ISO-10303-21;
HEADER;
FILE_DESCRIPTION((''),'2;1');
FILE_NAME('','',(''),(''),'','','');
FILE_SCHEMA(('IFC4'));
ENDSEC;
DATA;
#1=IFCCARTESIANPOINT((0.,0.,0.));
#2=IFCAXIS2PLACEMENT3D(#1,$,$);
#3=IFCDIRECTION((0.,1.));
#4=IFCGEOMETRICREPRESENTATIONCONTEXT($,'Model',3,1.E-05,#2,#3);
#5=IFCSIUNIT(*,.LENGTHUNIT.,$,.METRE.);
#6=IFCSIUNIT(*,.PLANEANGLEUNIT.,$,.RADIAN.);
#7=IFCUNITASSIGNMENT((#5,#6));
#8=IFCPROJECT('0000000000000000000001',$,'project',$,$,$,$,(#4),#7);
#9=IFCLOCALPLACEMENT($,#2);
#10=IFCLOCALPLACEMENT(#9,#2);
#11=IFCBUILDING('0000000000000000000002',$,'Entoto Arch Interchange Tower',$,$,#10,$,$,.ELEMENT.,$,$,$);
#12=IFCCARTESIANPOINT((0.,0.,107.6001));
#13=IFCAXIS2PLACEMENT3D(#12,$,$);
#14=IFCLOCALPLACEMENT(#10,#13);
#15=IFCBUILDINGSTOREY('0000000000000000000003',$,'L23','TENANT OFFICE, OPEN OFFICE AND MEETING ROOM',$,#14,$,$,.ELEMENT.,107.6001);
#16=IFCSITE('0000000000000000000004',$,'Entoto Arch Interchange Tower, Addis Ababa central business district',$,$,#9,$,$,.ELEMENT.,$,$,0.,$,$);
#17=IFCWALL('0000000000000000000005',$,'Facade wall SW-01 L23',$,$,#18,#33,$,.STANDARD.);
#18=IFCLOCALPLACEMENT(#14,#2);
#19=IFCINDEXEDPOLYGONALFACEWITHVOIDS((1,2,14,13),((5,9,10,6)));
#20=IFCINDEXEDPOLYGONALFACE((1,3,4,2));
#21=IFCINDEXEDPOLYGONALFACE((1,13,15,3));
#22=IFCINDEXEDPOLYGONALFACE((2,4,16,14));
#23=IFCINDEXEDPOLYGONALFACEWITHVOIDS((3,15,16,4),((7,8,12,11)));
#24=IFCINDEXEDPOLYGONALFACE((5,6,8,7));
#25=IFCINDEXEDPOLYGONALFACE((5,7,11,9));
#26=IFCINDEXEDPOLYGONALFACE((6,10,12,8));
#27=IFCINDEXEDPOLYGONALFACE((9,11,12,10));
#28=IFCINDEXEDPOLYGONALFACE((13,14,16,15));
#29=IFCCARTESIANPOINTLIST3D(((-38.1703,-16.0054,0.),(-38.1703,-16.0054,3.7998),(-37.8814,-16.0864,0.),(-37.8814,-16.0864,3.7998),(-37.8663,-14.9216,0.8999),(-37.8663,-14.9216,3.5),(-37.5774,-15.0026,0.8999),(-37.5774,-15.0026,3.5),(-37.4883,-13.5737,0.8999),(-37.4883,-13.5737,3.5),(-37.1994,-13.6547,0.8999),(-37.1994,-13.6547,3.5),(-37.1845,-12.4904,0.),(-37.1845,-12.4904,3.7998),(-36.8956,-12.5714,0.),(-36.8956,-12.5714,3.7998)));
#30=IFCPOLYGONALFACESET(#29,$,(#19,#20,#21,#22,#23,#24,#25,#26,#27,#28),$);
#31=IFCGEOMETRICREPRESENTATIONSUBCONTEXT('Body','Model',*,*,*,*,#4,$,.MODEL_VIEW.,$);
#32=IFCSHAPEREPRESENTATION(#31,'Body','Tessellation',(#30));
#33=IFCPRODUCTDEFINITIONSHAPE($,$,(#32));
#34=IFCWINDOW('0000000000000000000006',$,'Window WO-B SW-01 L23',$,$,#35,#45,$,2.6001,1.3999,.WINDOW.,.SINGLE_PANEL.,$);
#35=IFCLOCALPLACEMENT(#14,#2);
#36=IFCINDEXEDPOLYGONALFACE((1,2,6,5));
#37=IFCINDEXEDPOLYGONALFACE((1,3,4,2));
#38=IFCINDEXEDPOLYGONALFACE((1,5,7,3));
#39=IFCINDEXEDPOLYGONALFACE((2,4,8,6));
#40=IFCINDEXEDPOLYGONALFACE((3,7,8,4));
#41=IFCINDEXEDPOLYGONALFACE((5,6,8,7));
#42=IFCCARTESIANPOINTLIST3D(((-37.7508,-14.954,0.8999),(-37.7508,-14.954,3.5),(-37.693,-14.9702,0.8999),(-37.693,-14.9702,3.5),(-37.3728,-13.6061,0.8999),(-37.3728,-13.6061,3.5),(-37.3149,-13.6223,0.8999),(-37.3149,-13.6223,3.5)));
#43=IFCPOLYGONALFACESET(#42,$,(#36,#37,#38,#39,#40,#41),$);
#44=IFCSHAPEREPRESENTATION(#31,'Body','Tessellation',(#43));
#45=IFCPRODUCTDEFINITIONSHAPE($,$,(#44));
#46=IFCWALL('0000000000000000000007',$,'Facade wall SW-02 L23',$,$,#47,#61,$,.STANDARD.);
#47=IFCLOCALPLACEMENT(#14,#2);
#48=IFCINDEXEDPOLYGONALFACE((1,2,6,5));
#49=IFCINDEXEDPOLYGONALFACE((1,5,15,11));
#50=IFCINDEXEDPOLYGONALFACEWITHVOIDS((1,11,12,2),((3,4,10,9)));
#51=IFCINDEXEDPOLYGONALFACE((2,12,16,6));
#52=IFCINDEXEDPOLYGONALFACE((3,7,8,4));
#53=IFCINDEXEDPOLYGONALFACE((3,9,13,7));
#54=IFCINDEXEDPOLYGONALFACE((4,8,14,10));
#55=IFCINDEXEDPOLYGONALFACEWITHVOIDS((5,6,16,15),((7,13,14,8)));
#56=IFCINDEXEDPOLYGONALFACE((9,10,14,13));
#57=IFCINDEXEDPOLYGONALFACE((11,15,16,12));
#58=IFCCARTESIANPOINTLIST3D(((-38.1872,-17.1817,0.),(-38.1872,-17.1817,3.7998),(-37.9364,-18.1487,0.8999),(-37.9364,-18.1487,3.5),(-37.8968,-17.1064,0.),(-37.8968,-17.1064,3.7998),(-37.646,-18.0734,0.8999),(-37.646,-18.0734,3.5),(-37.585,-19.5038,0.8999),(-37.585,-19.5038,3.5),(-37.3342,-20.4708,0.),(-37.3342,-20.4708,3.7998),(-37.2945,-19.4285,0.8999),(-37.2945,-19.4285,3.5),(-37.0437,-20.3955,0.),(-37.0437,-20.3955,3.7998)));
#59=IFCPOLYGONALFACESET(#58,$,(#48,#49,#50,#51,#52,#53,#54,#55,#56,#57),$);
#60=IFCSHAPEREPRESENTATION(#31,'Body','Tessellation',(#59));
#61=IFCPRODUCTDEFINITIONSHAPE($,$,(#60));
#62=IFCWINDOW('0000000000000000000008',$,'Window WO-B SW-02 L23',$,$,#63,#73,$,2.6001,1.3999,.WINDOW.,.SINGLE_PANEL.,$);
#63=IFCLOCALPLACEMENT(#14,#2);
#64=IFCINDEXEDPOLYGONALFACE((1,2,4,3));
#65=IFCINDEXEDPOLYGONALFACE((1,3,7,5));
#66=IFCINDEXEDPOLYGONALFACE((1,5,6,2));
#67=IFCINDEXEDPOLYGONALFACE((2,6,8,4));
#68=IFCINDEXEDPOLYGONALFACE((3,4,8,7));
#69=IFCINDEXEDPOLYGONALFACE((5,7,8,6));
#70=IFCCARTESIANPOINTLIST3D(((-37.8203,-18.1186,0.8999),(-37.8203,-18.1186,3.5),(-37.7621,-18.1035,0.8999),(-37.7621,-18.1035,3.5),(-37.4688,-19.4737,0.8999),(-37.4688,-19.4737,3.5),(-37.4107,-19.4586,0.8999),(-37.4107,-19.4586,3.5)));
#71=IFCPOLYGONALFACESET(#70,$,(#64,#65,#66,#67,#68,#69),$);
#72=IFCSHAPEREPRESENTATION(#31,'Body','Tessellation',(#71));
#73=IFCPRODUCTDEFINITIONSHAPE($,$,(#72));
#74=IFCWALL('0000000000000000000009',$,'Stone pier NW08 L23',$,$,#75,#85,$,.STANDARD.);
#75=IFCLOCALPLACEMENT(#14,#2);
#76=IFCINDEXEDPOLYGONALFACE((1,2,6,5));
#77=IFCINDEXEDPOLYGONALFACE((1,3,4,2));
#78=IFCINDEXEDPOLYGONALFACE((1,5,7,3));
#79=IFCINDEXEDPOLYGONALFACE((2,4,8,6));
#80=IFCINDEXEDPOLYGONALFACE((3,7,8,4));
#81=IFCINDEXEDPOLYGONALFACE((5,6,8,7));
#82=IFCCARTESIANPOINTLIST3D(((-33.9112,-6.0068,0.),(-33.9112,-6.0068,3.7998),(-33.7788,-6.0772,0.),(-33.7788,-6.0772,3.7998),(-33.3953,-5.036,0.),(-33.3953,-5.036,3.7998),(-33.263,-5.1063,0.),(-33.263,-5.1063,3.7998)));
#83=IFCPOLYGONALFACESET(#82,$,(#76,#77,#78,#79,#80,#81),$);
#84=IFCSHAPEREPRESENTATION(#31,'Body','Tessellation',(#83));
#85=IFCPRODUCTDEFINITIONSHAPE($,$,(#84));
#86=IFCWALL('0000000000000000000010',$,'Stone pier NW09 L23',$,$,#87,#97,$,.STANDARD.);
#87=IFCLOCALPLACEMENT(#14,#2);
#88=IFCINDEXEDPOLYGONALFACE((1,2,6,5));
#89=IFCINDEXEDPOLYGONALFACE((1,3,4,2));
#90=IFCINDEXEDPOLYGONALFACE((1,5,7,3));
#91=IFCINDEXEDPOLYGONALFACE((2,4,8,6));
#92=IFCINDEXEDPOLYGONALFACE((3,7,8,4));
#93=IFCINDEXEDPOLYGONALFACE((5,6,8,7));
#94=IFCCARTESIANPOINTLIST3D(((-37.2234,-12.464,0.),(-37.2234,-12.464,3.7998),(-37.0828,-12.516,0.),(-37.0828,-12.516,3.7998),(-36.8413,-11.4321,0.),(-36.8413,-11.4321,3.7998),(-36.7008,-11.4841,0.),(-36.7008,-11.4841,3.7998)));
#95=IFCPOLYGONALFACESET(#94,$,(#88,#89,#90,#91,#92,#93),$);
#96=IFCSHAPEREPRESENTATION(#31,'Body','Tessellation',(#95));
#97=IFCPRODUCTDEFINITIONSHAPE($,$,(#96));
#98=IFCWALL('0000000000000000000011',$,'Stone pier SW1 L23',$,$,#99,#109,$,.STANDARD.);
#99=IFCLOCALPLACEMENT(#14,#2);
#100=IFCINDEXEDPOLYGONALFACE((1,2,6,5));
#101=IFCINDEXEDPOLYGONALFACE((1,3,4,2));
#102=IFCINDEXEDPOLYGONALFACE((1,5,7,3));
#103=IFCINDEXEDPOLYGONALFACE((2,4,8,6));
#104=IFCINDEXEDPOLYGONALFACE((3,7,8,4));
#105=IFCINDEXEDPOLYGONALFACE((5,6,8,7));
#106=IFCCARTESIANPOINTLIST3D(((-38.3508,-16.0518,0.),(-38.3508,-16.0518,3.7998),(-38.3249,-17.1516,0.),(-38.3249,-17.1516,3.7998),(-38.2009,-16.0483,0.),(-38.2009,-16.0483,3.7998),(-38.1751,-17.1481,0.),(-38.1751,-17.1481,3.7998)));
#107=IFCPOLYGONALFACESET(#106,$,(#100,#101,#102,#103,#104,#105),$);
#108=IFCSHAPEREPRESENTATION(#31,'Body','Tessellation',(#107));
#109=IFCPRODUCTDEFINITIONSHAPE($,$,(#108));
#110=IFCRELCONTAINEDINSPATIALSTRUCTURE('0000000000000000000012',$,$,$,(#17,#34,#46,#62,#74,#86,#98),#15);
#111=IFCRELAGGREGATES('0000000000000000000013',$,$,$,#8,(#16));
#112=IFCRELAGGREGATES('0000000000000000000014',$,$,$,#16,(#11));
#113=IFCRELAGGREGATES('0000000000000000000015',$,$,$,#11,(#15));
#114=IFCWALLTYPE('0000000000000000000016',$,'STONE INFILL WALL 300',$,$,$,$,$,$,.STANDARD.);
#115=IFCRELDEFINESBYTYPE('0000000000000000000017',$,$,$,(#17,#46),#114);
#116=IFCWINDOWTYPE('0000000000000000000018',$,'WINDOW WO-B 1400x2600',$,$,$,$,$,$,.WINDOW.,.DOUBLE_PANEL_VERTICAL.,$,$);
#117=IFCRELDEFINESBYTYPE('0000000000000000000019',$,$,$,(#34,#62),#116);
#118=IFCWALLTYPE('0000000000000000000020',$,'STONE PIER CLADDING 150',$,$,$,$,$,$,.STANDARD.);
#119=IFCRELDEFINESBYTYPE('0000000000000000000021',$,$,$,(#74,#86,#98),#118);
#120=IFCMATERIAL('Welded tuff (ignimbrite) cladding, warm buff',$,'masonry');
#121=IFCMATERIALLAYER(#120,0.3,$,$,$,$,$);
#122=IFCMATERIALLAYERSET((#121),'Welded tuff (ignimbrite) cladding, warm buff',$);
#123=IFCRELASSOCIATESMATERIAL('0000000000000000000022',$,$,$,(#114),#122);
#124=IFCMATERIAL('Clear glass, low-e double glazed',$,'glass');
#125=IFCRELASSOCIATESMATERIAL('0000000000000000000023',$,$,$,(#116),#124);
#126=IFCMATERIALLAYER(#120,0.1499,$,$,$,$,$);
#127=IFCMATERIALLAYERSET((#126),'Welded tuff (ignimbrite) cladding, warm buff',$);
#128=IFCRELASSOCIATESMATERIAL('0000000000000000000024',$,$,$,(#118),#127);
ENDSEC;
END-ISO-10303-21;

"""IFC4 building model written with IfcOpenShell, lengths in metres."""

from ifc_helpers import new_model, si_unit, direction, frame, frame_2d, origin, place, context, subcontext, project, spatial, rectangle, extrude, material, layer, layer_set, type_object, element, fill, save


model = new_model("IFC4")

# Units and contexts
model_context = context("Model", 3, precision=1e-05, world=origin(), true_north=direction((0.0, 1.0)))
body_context = subcontext(model_context, "Body", "Model", "MODEL_VIEW")
ifc_project = project(units=[si_unit("LENGTHUNIT", "METRE"), si_unit("PLANEANGLEUNIT", "RADIAN")], contexts=[model_context])

# Site, building, storey
site_placement = place(None, origin())
site = spatial("IfcSite", under=ifc_project, at=site_placement, Name="Entoto Arch Interchange Tower, Addis Ababa central business district", CompositionType="ELEMENT", RefElevation=0.0)
building_placement = place(site_placement, origin())
building = spatial("IfcBuilding", under=site, at=building_placement, Name="Entoto Arch Interchange Tower", CompositionType="ELEMENT")
storey_placement = place(building_placement, frame((0.0, 0.0, 107.6001)))
storey = spatial("IfcBuildingStorey", under=building, at=storey_placement, Name="L23", Description="TENANT OFFICE, OPEN OFFICE AND MEETING ROOM", CompositionType="ELEMENT", Elevation=107.6001)

# Shared definitions
ifc_material_1 = material(Name="Welded tuff (ignimbrite) cladding, warm buff", Category="masonry")
ifc_layer_1 = layer(ifc_material_1, 0.3)
ifc_layer_set_1 = layer_set([ifc_layer_1], Name="Welded tuff (ignimbrite) cladding, warm buff")
wall_type_1 = type_object("IfcWallType", Name="STONE INFILL WALL 300", PredefinedType="STANDARD", material=ifc_layer_set_1)
ifc_material_2 = material(Name="Clear glass, low-e double glazed", Category="glass")

# Walls, openings, windows
wall_1_placement = place(storey_placement, frame((-37.04, -12.531, 0.0), z_axis=(0.0, 0.0, 1.0), x_axis=(-0.270054, -0.962845, 0.0)))
wall_1 = element("IfcWall", 1, at=wall_1_placement, inside=storey, type_object=wall_type_1, Name="Facade wall SW-01 L23", PredefinedType="STANDARD", context=body_context, shape_type="SweptSolid", body=[
    extrude(rectangle(XDim=3.6506, YDim=0.3, at=frame_2d((1.8252, 0.0))), origin(), (0.0, 0.0, 1.0), 3.7998),
])
opening_1_placement = place(wall_1_placement, frame((1.125, 0.0, 0.8999)))
opening_1 = element("IfcOpeningElement", 2, at=opening_1_placement, cuts=wall_1, PredefinedType="OPENING", context=body_context, shape_type="SweptSolid", body=[
    extrude(rectangle(XDim=1.3999, YDim=2.6001, at=frame_2d((0.7, 1.3))), frame((0.0, 0.1602, 0.0), z_axis=(0.0, -1.0, 0.0), x_axis=(1.0, 0.0, 0.0)), (0.0, 0.0, 1.0), 0.3201),
])
window_type_1 = type_object("IfcWindowType", Name="WINDOW WO-B 1400x2600", PartitioningType="DOUBLE_PANEL_VERTICAL", PredefinedType="WINDOW", material=ifc_material_2)
window_1_placement = place(opening_1_placement, origin())
window_1 = element("IfcWindow", 3, at=window_1_placement, inside=storey, type_object=window_type_1, Name="Window WO-B SW-01 L23", OverallHeight=2.6001, OverallWidth=1.3999, PartitioningType="SINGLE_PANEL", PredefinedType="WINDOW", context=body_context, shape_type="SweptSolid", body=[
    extrude(rectangle(XDim=1.3999, YDim=2.6001, at=frame_2d((0.7, 1.3))), frame((0.0, 0.03, 0.0), z_axis=(0.0, -1.0, 0.0), x_axis=(1.0, 0.0, 0.0)), (0.0, 0.0, 1.0), 0.0601),
])
fill(opening_1, window_1)
wall_2_placement = place(storey_placement, frame((-38.042, -17.144, 0.0), z_axis=(0.0, 0.0, 1.0), x_axis=(0.251047, -0.967975, 0.0)))
wall_2 = element("IfcWall", 4, at=wall_2_placement, inside=storey, type_object=wall_type_1, Name="Facade wall SW-02 L23", PredefinedType="STANDARD", context=body_context, shape_type="SweptSolid", body=[
    extrude(rectangle(XDim=3.3979, YDim=0.3, at=frame_2d((1.699, 0.0))), origin(), (0.0, 0.0, 1.0), 3.7998),
])
opening_2_placement = place(wall_2_placement, frame((0.999, 0.0, 0.8999)))
opening_2 = element("IfcOpeningElement", 5, at=opening_2_placement, cuts=wall_2, PredefinedType="OPENING", context=body_context, shape_type="SweptSolid", body=[
    extrude(rectangle(XDim=1.3999, YDim=2.6001, at=frame_2d((0.7, 1.3))), frame((0.0, 0.1602, 0.0), z_axis=(0.0, -1.0, 0.0), x_axis=(1.0, 0.0, 0.0)), (0.0, 0.0, 1.0), 0.3201),
])
window_2_placement = place(opening_2_placement, origin())
window_2 = element("IfcWindow", 6, at=window_2_placement, inside=storey, type_object=window_type_1, Name="Window WO-B SW-02 L23", OverallHeight=2.6001, OverallWidth=1.3999, PartitioningType="SINGLE_PANEL", PredefinedType="WINDOW", context=body_context, shape_type="SweptSolid", body=[
    extrude(rectangle(XDim=1.3999, YDim=2.6001, at=frame_2d((0.7, 1.3))), frame((0.0, 0.03, 0.0), z_axis=(0.0, -1.0, 0.0), x_axis=(1.0, 0.0, 0.0)), (0.0, 0.0, 1.0), 0.0601),
])
fill(opening_2, window_2)

# Walls
ifc_layer_2 = layer(ifc_material_1, 0.1499)
ifc_layer_set_2 = layer_set([ifc_layer_2], Name="Welded tuff (ignimbrite) cladding, warm buff")
wall_type_2 = type_object("IfcWallType", Name="STONE PIER CLADDING 150", PredefinedType="STANDARD", material=ifc_layer_set_2)
wall_3_placement = place(storey_placement, frame((-33.3291, -5.071, 0.0), z_axis=(0.0, 0.0, 1.0), x_axis=(-0.469193, -0.883096, 0.0)))
element("IfcWall", 7, at=wall_3_placement, inside=storey, type_object=wall_type_2, Name="Stone pier NW08 L23", PredefinedType="STANDARD", context=body_context, shape_type="SweptSolid", body=[
    extrude(rectangle(XDim=1.0994, YDim=0.1499, at=frame_2d((0.5498, 0.0))), origin(), (0.0, 0.0, 1.0), 3.7998),
])
wall_4_placement = place(storey_placement, frame((-36.771, -11.458, 0.0), z_axis=(0.0, 0.0, 1.0), x_axis=(-0.347206, -0.937789, 0.0)))
element("IfcWall", 8, at=wall_4_placement, inside=storey, type_object=wall_type_2, Name="Stone pier NW09 L23", PredefinedType="STANDARD", context=body_context, shape_type="SweptSolid", body=[
    extrude(rectangle(XDim=1.1003, YDim=0.1499, at=frame_2d((0.5503, 0.0))), origin(), (0.0, 0.0, 1.0), 3.7998),
])
wall_5_placement = place(storey_placement, frame((-38.2759, -16.05, 0.0), z_axis=(0.0, 0.0, 1.0), x_axis=(0.023523, -0.999723, 0.0)))
element("IfcWall", 9, at=wall_5_placement, inside=storey, type_object=wall_type_2, Name="Stone pier SW1 L23", PredefinedType="STANDARD", context=body_context, shape_type="SweptSolid", body=[
    extrude(rectangle(XDim=1.1001, YDim=0.1499, at=frame_2d((0.55, 0.0))), origin(), (0.0, 0.0, 1.0), 3.7998),
])

save(model, "model.ifc")
